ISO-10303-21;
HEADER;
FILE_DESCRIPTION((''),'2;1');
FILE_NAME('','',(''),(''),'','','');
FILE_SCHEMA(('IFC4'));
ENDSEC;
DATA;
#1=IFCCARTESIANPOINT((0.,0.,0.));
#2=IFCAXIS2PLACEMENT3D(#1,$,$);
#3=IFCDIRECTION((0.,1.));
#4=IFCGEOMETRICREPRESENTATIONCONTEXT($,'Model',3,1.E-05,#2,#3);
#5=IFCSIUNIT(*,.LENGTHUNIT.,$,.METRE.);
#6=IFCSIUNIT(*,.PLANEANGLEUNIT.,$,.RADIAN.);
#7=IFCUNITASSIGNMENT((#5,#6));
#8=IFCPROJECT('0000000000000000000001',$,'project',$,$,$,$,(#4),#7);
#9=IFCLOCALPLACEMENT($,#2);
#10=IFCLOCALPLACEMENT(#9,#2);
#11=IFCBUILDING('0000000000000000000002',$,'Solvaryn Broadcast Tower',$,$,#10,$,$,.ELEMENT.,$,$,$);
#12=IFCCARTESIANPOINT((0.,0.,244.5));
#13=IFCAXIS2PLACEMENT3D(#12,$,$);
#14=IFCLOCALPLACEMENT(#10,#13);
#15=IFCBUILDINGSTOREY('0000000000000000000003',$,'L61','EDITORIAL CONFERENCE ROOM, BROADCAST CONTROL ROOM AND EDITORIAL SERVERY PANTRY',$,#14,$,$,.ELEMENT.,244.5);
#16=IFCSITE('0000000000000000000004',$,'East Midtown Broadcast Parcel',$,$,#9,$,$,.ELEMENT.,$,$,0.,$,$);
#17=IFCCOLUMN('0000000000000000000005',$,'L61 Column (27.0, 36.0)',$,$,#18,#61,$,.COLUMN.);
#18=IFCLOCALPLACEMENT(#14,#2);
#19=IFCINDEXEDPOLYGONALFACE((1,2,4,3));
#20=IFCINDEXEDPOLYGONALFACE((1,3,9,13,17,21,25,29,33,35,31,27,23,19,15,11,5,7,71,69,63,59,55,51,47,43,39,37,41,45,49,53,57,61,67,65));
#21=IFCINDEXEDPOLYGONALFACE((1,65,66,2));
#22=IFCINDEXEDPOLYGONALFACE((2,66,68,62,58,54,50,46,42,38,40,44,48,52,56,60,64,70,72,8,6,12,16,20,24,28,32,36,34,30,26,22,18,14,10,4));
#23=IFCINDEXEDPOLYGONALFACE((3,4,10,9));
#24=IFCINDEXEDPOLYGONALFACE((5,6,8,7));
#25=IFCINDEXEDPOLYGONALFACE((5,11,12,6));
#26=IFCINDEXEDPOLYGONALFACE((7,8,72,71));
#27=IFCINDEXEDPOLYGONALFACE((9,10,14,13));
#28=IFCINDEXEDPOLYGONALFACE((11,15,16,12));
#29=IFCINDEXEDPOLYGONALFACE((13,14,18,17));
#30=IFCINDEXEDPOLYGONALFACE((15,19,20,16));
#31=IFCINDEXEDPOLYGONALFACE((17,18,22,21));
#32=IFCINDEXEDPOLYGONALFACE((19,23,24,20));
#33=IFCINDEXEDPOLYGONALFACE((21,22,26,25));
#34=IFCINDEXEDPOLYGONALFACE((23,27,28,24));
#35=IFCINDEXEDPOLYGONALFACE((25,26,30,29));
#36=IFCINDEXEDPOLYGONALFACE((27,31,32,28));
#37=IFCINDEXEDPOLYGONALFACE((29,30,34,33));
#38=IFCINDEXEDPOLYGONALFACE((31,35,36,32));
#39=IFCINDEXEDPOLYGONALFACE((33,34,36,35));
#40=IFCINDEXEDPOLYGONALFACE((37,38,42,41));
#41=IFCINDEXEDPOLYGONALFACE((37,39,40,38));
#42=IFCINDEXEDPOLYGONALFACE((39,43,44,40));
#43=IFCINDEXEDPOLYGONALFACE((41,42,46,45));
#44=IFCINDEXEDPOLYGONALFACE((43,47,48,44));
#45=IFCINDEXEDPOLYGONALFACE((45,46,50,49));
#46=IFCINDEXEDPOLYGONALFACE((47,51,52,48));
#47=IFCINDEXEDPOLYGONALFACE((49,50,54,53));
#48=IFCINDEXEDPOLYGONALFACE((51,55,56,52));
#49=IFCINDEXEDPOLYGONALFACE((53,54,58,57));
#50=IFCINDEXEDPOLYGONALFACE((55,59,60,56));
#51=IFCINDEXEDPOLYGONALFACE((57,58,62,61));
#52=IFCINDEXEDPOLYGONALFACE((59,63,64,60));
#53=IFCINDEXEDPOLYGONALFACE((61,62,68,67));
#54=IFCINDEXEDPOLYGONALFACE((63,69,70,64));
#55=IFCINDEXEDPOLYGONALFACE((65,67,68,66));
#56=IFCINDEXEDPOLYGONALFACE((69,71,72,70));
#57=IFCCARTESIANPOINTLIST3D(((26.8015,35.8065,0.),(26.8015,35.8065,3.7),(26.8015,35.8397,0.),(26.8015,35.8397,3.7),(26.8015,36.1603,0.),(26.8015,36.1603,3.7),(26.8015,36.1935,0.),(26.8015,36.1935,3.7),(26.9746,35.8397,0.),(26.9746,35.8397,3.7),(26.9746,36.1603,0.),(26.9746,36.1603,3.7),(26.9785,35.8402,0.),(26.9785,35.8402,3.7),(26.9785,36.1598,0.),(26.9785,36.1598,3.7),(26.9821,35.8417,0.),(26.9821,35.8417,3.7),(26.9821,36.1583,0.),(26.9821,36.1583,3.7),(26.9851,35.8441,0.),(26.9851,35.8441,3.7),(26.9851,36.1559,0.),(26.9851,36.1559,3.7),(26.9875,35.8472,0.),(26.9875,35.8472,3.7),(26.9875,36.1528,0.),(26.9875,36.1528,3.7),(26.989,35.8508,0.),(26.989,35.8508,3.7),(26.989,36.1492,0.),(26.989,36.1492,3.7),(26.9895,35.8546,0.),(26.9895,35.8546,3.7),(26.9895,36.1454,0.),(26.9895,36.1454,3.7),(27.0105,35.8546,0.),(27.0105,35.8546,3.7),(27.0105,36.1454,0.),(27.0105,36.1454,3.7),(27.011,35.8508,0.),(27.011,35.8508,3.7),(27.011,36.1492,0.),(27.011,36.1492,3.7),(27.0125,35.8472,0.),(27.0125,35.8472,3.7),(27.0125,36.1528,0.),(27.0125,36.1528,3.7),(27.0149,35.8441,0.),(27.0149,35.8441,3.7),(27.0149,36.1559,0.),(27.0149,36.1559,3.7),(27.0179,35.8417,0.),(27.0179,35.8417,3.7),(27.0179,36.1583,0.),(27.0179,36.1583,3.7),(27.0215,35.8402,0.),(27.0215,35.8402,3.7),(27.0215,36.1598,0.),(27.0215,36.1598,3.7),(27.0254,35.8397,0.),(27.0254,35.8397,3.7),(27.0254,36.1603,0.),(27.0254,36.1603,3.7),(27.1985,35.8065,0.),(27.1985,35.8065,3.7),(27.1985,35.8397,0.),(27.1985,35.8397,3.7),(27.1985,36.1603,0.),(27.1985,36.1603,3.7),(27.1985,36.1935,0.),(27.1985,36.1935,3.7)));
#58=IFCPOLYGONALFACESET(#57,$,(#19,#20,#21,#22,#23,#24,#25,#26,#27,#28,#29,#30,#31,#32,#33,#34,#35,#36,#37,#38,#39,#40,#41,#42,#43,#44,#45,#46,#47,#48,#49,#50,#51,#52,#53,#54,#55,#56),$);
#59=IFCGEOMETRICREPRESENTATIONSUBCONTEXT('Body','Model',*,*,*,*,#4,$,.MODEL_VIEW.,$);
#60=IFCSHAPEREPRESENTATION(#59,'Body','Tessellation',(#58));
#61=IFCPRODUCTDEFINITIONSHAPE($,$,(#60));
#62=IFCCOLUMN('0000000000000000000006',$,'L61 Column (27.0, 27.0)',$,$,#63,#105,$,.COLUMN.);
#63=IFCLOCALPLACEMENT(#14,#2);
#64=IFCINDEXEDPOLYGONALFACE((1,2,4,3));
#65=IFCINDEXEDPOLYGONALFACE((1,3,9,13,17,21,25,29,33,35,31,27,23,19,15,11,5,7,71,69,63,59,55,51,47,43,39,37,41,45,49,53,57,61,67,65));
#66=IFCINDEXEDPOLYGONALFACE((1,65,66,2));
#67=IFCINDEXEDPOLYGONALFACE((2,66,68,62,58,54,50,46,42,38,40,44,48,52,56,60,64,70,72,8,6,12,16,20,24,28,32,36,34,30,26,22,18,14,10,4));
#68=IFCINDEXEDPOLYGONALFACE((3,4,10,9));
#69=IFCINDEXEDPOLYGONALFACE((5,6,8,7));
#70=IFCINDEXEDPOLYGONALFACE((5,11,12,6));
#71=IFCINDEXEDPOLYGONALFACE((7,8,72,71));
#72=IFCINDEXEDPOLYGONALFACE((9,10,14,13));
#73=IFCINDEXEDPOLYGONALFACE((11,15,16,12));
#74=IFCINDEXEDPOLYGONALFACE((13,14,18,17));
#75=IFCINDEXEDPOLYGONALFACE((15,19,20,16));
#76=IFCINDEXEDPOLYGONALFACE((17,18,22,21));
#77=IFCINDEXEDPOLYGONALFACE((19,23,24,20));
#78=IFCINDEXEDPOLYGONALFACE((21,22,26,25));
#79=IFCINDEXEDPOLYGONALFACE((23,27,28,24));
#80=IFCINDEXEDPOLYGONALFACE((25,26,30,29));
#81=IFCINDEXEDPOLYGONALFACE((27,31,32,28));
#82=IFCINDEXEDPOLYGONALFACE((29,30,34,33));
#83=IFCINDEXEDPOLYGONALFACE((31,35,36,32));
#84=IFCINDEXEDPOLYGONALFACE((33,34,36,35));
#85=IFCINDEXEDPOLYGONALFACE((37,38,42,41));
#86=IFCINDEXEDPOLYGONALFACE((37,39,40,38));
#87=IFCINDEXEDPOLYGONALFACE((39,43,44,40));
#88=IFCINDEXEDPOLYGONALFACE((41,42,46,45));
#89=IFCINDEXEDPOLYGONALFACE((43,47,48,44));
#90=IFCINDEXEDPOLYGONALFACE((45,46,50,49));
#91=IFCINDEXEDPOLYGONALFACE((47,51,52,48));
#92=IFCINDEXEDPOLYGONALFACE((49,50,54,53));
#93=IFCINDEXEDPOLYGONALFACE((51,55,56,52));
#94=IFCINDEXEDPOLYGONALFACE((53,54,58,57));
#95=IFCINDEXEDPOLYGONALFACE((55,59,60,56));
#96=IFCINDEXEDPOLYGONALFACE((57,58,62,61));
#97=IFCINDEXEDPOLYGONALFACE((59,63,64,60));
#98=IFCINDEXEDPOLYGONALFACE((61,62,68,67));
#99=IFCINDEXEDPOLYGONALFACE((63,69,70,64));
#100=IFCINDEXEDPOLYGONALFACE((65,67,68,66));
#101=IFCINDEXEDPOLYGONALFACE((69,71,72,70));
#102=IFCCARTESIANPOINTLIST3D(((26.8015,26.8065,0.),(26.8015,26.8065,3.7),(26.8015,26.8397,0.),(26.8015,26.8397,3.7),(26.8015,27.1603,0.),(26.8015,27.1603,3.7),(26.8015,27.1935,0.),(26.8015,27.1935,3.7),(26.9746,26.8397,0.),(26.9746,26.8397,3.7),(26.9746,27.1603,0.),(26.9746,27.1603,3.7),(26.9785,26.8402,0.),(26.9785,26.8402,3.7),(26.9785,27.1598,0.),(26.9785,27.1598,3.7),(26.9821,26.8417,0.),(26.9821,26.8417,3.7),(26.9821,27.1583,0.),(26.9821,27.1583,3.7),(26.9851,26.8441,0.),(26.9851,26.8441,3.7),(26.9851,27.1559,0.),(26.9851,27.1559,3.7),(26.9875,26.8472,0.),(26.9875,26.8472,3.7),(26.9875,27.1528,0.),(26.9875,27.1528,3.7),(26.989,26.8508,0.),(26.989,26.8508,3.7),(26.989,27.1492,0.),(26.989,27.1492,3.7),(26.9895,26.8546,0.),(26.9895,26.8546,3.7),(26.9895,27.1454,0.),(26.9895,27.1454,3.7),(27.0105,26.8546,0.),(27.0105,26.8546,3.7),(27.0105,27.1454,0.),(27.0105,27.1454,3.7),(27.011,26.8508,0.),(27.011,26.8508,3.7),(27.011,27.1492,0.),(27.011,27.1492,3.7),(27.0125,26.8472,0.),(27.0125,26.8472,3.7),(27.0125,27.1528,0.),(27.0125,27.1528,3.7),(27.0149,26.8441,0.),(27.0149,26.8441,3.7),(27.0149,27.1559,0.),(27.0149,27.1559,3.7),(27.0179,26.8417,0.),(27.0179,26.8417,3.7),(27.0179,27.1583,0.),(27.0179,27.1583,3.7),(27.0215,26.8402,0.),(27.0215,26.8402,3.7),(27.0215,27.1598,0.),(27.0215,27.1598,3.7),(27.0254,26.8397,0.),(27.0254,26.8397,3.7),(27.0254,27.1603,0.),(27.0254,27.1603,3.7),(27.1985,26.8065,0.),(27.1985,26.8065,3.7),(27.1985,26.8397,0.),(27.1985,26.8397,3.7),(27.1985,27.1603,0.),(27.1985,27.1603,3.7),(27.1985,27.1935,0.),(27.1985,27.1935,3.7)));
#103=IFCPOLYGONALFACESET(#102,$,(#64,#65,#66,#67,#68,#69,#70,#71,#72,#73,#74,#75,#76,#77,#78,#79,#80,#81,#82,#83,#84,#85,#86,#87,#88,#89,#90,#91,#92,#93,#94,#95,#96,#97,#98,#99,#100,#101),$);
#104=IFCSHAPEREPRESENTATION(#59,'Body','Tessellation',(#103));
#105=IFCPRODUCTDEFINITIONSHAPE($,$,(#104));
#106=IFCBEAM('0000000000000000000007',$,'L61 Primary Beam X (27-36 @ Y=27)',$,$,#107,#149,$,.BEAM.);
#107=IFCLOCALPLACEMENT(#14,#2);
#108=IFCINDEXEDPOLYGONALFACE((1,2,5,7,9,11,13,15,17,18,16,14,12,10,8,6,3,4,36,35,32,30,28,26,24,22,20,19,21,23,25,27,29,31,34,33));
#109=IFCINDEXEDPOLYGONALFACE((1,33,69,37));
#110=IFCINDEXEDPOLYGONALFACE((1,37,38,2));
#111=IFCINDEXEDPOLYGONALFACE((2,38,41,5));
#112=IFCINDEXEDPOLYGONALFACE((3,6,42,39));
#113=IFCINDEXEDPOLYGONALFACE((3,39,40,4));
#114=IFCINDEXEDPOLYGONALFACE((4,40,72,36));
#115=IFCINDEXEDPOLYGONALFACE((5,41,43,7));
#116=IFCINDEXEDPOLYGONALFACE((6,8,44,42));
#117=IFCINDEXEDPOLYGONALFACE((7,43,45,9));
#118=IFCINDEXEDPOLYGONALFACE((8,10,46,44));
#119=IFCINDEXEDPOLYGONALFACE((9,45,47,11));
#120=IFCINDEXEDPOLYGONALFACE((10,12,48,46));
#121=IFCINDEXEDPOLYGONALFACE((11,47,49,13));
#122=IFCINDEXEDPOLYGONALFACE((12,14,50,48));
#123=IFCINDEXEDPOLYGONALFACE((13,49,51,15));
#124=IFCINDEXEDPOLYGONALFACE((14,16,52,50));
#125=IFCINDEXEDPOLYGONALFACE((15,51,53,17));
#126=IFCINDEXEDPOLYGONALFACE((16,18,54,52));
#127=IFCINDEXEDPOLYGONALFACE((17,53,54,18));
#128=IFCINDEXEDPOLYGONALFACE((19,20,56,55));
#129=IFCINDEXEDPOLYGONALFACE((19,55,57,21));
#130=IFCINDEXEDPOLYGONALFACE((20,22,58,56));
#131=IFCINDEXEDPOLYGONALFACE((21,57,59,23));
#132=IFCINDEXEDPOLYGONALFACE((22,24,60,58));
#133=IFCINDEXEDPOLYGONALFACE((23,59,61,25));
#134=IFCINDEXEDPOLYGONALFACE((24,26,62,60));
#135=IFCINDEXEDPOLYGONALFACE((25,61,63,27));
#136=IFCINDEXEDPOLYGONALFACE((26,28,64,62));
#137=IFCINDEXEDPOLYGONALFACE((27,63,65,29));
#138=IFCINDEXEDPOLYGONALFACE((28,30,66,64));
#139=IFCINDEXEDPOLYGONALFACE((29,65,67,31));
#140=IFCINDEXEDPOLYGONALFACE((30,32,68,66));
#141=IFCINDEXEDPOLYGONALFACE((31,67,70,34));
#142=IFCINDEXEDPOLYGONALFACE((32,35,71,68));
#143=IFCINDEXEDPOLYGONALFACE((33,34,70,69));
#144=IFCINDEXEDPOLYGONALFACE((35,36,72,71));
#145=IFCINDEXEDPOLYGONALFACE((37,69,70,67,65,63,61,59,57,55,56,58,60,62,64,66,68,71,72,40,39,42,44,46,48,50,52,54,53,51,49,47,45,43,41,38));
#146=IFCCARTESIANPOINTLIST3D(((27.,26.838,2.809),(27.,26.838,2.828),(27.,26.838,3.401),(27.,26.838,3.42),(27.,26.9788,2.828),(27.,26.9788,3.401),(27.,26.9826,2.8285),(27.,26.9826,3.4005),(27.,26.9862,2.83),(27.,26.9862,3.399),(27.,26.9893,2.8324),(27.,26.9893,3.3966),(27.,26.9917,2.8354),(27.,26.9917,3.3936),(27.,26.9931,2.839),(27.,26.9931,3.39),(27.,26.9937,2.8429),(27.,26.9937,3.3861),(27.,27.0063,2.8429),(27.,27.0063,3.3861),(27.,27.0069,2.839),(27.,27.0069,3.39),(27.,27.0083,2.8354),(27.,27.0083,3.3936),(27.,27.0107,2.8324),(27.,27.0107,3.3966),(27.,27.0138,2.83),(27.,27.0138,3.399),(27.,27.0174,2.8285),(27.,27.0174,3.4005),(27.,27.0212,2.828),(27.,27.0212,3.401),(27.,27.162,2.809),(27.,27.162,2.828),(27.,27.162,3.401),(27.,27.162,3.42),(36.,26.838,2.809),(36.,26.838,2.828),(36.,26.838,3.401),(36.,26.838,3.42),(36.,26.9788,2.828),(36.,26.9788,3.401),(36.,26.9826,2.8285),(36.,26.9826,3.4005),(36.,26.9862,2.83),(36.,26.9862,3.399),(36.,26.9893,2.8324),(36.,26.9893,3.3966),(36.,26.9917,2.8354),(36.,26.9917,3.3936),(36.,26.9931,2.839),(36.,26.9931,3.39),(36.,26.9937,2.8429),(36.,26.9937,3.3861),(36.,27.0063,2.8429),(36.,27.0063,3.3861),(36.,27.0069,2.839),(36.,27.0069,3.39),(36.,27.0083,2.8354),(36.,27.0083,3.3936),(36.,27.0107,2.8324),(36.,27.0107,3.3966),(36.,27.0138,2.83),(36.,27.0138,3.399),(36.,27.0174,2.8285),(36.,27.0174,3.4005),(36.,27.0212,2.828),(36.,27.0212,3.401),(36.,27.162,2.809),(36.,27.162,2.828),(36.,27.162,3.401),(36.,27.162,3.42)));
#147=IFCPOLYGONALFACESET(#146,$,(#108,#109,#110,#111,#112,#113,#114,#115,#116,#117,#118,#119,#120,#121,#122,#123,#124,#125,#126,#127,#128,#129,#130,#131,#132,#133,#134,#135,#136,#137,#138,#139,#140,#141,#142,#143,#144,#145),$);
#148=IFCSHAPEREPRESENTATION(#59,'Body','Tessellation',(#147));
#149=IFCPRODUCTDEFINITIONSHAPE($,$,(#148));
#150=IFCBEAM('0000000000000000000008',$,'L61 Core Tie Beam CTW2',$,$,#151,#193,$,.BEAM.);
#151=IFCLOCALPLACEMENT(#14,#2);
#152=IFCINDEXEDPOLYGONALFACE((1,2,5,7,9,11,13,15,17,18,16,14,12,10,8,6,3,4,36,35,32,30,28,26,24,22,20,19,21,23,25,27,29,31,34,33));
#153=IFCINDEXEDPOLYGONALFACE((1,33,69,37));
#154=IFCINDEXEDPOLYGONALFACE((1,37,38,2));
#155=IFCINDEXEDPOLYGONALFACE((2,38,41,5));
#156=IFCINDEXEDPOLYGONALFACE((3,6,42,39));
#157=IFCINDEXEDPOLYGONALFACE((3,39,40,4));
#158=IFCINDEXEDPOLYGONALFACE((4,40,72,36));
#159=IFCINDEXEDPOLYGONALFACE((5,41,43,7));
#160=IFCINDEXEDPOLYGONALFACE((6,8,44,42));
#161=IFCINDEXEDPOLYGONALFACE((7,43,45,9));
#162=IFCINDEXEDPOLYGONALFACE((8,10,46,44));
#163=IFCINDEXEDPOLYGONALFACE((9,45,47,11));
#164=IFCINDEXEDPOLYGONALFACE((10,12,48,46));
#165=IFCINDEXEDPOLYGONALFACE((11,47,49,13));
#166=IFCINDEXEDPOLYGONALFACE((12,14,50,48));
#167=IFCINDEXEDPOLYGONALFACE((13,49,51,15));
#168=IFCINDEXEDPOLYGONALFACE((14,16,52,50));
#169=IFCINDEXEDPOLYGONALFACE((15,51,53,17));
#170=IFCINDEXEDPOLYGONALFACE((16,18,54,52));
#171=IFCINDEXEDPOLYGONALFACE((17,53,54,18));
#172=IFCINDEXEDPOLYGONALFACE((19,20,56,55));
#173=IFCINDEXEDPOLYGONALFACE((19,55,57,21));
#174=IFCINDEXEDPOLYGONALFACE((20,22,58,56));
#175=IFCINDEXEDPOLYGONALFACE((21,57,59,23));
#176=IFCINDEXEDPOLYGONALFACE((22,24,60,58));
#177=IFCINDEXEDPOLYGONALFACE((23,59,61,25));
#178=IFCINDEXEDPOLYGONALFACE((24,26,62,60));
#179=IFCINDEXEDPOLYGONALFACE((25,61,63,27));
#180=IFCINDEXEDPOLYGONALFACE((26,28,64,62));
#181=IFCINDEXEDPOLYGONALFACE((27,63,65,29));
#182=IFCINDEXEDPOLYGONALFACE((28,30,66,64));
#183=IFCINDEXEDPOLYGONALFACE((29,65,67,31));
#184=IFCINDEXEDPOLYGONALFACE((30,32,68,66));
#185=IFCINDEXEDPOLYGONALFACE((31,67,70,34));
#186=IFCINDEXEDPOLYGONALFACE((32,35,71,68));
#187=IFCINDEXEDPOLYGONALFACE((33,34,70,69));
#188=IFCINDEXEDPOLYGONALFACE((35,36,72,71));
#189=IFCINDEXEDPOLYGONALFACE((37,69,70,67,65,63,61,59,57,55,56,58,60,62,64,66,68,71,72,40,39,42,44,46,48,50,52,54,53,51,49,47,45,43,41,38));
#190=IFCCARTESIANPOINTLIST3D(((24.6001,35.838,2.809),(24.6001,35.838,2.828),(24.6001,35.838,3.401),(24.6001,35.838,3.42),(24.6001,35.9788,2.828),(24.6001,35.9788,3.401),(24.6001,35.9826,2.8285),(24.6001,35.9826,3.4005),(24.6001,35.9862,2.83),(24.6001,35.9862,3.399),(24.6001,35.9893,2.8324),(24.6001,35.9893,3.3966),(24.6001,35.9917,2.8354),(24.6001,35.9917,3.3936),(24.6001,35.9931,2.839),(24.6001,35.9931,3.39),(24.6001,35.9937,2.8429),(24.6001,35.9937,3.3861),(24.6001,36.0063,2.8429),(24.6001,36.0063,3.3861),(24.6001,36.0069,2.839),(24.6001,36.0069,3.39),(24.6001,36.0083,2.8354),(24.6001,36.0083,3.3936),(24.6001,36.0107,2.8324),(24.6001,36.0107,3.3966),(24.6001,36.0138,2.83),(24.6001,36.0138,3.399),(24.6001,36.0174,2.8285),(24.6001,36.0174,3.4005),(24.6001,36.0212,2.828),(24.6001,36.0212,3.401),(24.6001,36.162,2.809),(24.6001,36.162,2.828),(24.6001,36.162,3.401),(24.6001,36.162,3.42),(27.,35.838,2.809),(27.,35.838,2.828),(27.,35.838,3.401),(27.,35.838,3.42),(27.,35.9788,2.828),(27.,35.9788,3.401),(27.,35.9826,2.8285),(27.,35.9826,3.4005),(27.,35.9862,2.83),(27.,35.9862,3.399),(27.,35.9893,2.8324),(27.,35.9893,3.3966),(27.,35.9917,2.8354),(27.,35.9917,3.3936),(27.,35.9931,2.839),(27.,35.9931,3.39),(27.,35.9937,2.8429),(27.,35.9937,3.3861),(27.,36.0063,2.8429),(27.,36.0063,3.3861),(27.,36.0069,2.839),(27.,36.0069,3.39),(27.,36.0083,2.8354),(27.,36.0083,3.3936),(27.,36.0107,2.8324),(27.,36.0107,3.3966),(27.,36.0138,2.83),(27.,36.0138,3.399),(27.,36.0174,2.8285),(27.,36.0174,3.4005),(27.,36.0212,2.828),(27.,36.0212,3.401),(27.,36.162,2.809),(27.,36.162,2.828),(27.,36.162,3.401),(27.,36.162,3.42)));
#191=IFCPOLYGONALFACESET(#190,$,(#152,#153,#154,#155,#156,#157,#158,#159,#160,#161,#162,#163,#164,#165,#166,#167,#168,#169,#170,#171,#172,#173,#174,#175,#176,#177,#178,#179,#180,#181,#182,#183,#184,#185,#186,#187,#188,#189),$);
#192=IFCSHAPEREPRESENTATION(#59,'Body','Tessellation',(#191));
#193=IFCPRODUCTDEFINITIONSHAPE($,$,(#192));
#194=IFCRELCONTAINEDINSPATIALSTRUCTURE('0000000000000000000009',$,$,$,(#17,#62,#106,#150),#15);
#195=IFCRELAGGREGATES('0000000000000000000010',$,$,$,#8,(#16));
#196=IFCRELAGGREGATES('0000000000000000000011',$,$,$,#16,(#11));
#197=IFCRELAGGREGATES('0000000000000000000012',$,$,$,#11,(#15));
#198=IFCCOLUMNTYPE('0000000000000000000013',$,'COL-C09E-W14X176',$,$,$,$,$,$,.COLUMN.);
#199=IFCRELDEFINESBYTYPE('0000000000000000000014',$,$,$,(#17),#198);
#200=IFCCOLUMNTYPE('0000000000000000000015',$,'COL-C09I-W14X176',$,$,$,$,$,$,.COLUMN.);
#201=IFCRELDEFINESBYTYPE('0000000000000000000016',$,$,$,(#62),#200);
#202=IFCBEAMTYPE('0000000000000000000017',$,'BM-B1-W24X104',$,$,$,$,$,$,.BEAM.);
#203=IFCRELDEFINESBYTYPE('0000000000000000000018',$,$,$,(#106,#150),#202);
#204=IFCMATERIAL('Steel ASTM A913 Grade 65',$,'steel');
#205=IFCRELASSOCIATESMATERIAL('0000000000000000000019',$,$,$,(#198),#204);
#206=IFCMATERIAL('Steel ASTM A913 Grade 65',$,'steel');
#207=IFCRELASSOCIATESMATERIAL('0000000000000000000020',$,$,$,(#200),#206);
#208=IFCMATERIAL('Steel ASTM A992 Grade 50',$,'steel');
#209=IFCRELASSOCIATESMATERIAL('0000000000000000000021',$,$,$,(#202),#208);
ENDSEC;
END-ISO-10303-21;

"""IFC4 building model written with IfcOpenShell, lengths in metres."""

from ifc_helpers import new_model, si_unit, direction, frame, origin, origin_2d, place, context, subcontext, project, spatial, i_section, extrude, material, material_profile, profile_set, type_object, element, save


model = new_model("IFC4")

# Units and contexts
model_context = context("Model", 3, precision=1e-05, world=origin(), true_north=direction((0.0, 1.0)))
body_context = subcontext(model_context, "Body", "Model", "MODEL_VIEW")
ifc_project = project(units=[si_unit("LENGTHUNIT", "METRE"), si_unit("PLANEANGLEUNIT", "RADIAN")], contexts=[model_context])

# Site, building, storey
site_placement = place(None, origin())
site = spatial("IfcSite", under=ifc_project, at=site_placement, Name="East Midtown Broadcast Parcel", CompositionType="ELEMENT", RefElevation=0.0)
building_placement = place(site_placement, origin())
building = spatial("IfcBuilding", under=site, at=building_placement, Name="Solvaryn Broadcast Tower", CompositionType="ELEMENT")
storey_placement = place(building_placement, frame((0.0, 0.0, 244.5)))
storey = spatial("IfcBuildingStorey", under=building, at=storey_placement, Name="L61", Description="EDITORIAL CONFERENCE ROOM, BROADCAST CONTROL ROOM AND EDITORIAL SERVERY PANTRY", CompositionType="ELEMENT", Elevation=244.5)

# Columns
ifc_material_1 = material(Name="Steel ASTM A913 Grade 65", Category="steel")
ifc_material_profile_1 = material_profile(ifc_material_1, i_section(OverallWidth=0.397, OverallDepth=0.387, WebThickness=0.021, FlangeThickness=0.0332, FilletRadius=0.0149, at=origin_2d()))
ifc_profile_set_1 = profile_set([ifc_material_profile_1], Name="Steel ASTM A913 Grade 65")
column_type_1 = type_object("IfcColumnType", Name="COL-C09E-W14X176", PredefinedType="COLUMN", material=ifc_profile_set_1)
column_1_placement = place(storey_placement, frame((27.0, 36.0, 0.0), z_axis=(0.0, 0.0, 1.0), x_axis=(1.0, 0.0, 0.0)))
element("IfcColumn", 1, at=column_1_placement, inside=storey, type_object=column_type_1, Name="L61 Column (27.0, 36.0)", PredefinedType="COLUMN", context=body_context, shape_type="SweptSolid", body=[
    extrude(i_section(OverallWidth=0.397, OverallDepth=0.387, WebThickness=0.021, FlangeThickness=0.0332, FilletRadius=0.0149, at=origin_2d()), origin(), (0.0, 0.0, 1.0), 3.7),
])
ifc_material_2 = material(Name="Steel ASTM A913 Grade 65", Category="steel")
ifc_material_profile_2 = material_profile(ifc_material_2, i_section(OverallWidth=0.397, OverallDepth=0.387, WebThickness=0.021, FlangeThickness=0.0332, FilletRadius=0.0149, at=origin_2d()))
ifc_profile_set_2 = profile_set([ifc_material_profile_2], Name="Steel ASTM A913 Grade 65")
column_type_2 = type_object("IfcColumnType", Name="COL-C09I-W14X176", PredefinedType="COLUMN", material=ifc_profile_set_2)
column_2_placement = place(storey_placement, frame((27.0, 27.0, 0.0), z_axis=(0.0, 0.0, 1.0), x_axis=(1.0, 0.0, 0.0)))
element("IfcColumn", 2, at=column_2_placement, inside=storey, type_object=column_type_2, Name="L61 Column (27.0, 27.0)", PredefinedType="COLUMN", context=body_context, shape_type="SweptSolid", body=[
    extrude(i_section(OverallWidth=0.397, OverallDepth=0.387, WebThickness=0.021, FlangeThickness=0.0332, FilletRadius=0.0149, at=origin_2d()), origin(), (0.0, 0.0, 1.0), 3.7),
])

# Beams
ifc_material_3 = material(Name="Steel ASTM A992 Grade 50", Category="steel")
ifc_material_profile_3 = material_profile(ifc_material_3, i_section(OverallWidth=0.324, OverallDepth=0.6111, WebThickness=0.0127, FlangeThickness=0.019, FilletRadius=0.0149, at=origin_2d()))
ifc_profile_set_3 = profile_set([ifc_material_profile_3], Name="Steel ASTM A992 Grade 50")
beam_type_1 = type_object("IfcBeamType", Name="BM-B1-W24X104", PredefinedType="BEAM", material=ifc_profile_set_3)
beam_1_placement = place(storey_placement, frame((27.0, 27.0, 3.1145), z_axis=(1.0, 0.0, 0.0), x_axis=(0.0, 1.0, 0.0)))
element("IfcBeam", 3, at=beam_1_placement, inside=storey, type_object=beam_type_1, Name="L61 Primary Beam X (27-36 @ Y=27)", PredefinedType="BEAM", context=body_context, shape_type="SweptSolid", body=[
    extrude(i_section(OverallWidth=0.324, OverallDepth=0.6111, WebThickness=0.0127, FlangeThickness=0.019, FilletRadius=0.0149, at=origin_2d()), origin(), (0.0, 0.0, 1.0), 9.0),
])
beam_2_placement = place(storey_placement, frame((24.6001, 36.0, 3.1145), z_axis=(1.0, 0.0, 0.0), x_axis=(0.0, 1.0, 0.0)))
element("IfcBeam", 4, at=beam_2_placement, inside=storey, type_object=beam_type_1, Name="L61 Core Tie Beam CTW2", PredefinedType="BEAM", context=body_context, shape_type="SweptSolid", body=[
    extrude(i_section(OverallWidth=0.324, OverallDepth=0.6111, WebThickness=0.0127, FlangeThickness=0.019, FilletRadius=0.0149, at=origin_2d()), origin(), (0.0, 0.0, 1.0), 2.3999),
])

save(model, "model.ifc")
